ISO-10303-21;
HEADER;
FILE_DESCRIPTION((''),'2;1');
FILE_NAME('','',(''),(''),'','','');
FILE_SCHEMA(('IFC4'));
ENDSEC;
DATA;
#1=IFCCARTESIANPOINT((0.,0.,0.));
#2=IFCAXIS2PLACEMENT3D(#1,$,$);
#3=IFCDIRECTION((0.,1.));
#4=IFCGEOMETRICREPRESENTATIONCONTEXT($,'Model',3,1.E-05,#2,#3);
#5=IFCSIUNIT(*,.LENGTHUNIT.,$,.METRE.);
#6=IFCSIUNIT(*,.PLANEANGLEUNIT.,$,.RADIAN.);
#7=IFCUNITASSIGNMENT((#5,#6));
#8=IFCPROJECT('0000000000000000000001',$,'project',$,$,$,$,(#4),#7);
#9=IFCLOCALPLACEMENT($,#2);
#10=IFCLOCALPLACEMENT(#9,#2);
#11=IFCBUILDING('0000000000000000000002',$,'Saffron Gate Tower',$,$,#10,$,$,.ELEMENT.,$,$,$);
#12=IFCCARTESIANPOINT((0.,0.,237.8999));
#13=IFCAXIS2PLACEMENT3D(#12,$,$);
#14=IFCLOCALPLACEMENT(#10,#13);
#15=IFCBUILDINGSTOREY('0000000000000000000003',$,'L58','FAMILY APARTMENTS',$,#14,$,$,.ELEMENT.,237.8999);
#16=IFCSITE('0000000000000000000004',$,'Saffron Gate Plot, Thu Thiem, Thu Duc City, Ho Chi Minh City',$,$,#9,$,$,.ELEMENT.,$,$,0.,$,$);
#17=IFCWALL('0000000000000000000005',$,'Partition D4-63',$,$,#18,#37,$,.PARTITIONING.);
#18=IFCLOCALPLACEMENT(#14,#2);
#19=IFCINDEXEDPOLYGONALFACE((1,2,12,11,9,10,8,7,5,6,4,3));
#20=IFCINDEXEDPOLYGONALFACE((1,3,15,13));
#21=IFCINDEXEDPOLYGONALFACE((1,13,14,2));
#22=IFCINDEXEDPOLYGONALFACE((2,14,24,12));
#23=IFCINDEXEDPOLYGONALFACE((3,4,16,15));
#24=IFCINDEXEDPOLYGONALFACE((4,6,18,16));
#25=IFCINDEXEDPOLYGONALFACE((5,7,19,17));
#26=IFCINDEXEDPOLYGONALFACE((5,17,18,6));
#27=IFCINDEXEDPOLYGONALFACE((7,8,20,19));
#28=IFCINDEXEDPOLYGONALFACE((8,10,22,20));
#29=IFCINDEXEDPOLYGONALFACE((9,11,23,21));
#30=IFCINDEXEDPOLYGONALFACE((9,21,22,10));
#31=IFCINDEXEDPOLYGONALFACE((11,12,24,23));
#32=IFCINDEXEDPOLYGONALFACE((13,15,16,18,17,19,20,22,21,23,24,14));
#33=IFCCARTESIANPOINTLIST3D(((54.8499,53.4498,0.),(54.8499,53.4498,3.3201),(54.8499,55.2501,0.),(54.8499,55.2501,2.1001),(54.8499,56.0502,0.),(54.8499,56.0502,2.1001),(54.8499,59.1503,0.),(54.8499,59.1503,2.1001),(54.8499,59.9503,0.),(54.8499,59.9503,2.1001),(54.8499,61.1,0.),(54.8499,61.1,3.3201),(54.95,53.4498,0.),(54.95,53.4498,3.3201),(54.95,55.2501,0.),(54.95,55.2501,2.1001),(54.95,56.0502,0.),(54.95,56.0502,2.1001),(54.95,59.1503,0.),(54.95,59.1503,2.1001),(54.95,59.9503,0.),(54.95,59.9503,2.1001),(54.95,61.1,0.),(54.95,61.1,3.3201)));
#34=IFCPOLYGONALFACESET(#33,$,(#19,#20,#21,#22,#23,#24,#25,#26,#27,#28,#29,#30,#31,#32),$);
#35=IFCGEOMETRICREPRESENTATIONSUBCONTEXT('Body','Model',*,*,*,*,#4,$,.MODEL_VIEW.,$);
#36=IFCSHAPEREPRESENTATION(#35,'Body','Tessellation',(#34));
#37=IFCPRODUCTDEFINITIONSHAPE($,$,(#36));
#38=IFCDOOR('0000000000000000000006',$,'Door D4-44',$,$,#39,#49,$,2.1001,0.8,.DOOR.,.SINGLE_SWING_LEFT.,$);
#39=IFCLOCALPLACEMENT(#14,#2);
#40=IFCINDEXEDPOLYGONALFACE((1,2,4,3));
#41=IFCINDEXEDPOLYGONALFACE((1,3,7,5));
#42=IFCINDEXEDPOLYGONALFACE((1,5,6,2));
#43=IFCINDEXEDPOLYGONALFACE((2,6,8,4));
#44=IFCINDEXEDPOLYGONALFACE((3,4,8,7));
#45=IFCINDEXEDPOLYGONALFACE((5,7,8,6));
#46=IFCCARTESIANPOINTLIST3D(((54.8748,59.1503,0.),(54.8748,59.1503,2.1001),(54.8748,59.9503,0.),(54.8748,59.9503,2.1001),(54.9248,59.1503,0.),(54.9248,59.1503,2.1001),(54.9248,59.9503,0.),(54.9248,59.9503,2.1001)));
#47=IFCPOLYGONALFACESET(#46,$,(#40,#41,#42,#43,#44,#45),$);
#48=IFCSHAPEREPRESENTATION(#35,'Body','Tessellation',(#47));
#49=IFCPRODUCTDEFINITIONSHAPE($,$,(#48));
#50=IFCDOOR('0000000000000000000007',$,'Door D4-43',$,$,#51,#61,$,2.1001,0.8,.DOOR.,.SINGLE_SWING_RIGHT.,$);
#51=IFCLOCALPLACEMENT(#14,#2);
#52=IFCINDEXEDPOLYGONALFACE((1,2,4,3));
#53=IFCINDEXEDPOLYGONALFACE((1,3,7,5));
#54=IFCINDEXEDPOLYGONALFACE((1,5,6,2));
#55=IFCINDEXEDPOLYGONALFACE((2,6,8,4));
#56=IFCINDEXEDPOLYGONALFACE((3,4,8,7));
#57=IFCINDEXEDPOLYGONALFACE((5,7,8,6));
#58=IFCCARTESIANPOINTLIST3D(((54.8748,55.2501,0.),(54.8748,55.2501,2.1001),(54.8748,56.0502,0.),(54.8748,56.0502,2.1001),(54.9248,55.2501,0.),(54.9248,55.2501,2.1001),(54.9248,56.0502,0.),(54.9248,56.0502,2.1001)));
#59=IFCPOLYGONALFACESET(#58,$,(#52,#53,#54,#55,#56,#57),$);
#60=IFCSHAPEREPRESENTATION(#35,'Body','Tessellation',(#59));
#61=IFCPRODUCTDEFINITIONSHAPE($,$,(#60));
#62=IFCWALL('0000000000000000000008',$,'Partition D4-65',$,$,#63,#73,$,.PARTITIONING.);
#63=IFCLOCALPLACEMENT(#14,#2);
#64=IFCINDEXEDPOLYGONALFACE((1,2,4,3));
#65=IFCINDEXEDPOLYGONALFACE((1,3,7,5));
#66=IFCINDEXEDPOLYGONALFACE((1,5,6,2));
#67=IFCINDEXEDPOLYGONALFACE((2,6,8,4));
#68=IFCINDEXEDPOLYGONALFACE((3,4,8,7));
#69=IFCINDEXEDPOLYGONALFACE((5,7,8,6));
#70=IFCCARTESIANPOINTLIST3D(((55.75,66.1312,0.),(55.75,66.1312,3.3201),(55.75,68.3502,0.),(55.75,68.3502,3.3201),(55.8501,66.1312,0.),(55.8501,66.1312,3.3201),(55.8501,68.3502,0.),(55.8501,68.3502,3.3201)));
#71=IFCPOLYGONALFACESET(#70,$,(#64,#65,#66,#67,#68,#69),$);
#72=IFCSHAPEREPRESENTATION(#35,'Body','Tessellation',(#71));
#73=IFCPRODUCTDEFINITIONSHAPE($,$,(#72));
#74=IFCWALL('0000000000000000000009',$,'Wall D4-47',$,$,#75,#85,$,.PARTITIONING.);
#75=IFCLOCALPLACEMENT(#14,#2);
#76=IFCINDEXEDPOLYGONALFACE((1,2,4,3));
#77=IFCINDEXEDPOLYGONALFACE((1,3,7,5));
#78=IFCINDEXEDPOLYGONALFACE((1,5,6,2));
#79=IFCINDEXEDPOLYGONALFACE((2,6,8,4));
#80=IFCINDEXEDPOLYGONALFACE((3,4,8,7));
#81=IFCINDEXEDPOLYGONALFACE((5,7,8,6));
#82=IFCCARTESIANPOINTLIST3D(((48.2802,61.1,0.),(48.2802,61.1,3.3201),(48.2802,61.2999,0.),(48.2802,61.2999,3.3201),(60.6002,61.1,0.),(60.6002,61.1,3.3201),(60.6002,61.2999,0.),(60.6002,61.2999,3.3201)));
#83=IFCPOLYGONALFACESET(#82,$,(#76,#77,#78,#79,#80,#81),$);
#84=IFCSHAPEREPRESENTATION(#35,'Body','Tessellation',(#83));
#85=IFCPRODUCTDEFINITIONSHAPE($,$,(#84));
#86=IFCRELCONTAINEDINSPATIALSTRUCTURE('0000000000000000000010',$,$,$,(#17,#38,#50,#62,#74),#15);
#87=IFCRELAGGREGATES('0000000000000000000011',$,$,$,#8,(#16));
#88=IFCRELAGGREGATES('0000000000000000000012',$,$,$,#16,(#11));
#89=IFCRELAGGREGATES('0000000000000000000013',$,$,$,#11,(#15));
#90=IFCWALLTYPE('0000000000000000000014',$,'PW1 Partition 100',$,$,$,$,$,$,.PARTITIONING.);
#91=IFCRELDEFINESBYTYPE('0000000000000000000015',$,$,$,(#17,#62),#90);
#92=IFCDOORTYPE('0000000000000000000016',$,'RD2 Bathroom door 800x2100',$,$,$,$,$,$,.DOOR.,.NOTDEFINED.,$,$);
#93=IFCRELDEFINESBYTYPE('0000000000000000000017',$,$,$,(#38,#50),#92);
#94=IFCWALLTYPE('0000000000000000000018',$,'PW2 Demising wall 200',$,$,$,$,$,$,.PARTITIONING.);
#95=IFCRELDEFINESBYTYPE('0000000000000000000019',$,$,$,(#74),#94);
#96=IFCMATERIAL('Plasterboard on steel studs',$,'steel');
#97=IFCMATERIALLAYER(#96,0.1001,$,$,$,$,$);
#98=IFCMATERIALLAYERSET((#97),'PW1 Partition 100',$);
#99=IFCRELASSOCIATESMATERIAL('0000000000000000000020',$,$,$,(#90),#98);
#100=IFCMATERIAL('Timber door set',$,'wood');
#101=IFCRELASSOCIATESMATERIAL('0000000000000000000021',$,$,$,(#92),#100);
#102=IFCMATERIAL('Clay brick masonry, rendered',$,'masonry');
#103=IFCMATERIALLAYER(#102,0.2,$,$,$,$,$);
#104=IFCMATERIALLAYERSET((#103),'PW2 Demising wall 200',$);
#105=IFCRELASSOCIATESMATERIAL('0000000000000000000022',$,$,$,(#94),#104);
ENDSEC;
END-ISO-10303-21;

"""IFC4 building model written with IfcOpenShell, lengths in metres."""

from ifc_helpers import new_model, si_unit, direction, frame, frame_2d, origin, place, context, subcontext, project, spatial, rectangle, extrude, material, layer, layer_set, type_object, element, fill, save


model = new_model("IFC4")

# Units and contexts
model_context = context("Model", 3, precision=1e-05, world=origin(), true_north=direction((0.0, 1.0)))
body_context = subcontext(model_context, "Body", "Model", "MODEL_VIEW")
ifc_project = project(units=[si_unit("LENGTHUNIT", "METRE"), si_unit("PLANEANGLEUNIT", "RADIAN")], contexts=[model_context])

# Site, building, storey
site_placement = place(None, origin())
site = spatial("IfcSite", under=ifc_project, at=site_placement, Name="Saffron Gate Plot, Thu Thiem, Thu Duc City, Ho Chi Minh City", CompositionType="ELEMENT", RefElevation=0.0)
building_placement = place(site_placement, origin())
building = spatial("IfcBuilding", under=site, at=building_placement, Name="Saffron Gate Tower", CompositionType="ELEMENT")
storey_placement = place(building_placement, frame((0.0, 0.0, 237.8999)))
storey = spatial("IfcBuildingStorey", under=building, at=storey_placement, Name="L58", Description="FAMILY APARTMENTS", CompositionType="ELEMENT", Elevation=237.8999)

# Shared definitions
ifc_material_1 = material(Name="Plasterboard on steel studs", Category="steel")
ifc_layer_1 = layer(ifc_material_1, 0.1001)
ifc_layer_set_1 = layer_set([ifc_layer_1], Name="PW1 Partition 100")
wall_type_1 = type_object("IfcWallType", Name="PW1 Partition 100", PredefinedType="PARTITIONING", material=ifc_layer_set_1)

# Shared definitions
ifc_material_2 = material(Name="Timber door set", Category="wood")

# Wall, openings, doors
wall_1_placement = place(storey_placement, frame((54.8999, 61.1001, 0.0), z_axis=(0.0, 0.0, 1.0), x_axis=(0.0, -1.0, 0.0)))
wall_1 = element("IfcWall", 1, at=wall_1_placement, inside=storey, type_object=wall_type_1, Name="Partition D4-63", PredefinedType="PARTITIONING", context=body_context, shape_type="SweptSolid", body=[
    extrude(rectangle(XDim=7.6501, YDim=0.1001, at=frame_2d((3.8252, 0.0))), origin(), (0.0, 0.0, 1.0), 3.3201),
])
opening_1_placement = place(wall_1_placement, frame((1.1499, 0.0, 0.0)))
opening_1 = element("IfcOpeningElement", 2, at=opening_1_placement, cuts=wall_1, PredefinedType="OPENING", context=body_context, shape_type="SweptSolid", body=[
    extrude(rectangle(XDim=0.8, YDim=2.1001, at=frame_2d((0.3999, 1.05))), frame((0.0, 0.0601, 0.0), z_axis=(0.0, -1.0, 0.0), x_axis=(1.0, 0.0, 0.0)), (0.0, 0.0, 1.0), 0.1201),
])
opening_2_placement = place(wall_1_placement, frame((5.05, 0.0, 0.0)))
opening_2 = element("IfcOpeningElement", 3, at=opening_2_placement, cuts=wall_1, PredefinedType="OPENING", context=body_context, shape_type="SweptSolid", body=[
    extrude(rectangle(XDim=0.8, YDim=2.1001, at=frame_2d((0.3999, 1.05))), frame((0.0, 0.0601, 0.0), z_axis=(0.0, -1.0, 0.0), x_axis=(1.0, 0.0, 0.0)), (0.0, 0.0, 1.0), 0.1201),
])
door_type_1 = type_object("IfcDoorType", Name="RD2 Bathroom door 800x2100", OperationType="NOTDEFINED", PredefinedType="DOOR", material=ifc_material_2)
door_1_placement = place(opening_1_placement, origin())
door_1 = element("IfcDoor", 4, at=door_1_placement, inside=storey, type_object=door_type_1, Name="Door D4-44", OperationType="SINGLE_SWING_LEFT", OverallHeight=2.1001, OverallWidth=0.8, PredefinedType="DOOR", context=body_context, shape_type="SweptSolid", body=[
    extrude(rectangle(XDim=0.8, YDim=2.1001, at=frame_2d((0.3999, 1.05))), frame((0.0, 0.0249, 0.0), z_axis=(0.0, -1.0, 0.0), x_axis=(1.0, 0.0, 0.0)), (0.0, 0.0, 1.0), 0.05),
])
fill(opening_1, door_1)
door_2_placement = place(opening_2_placement, origin())
door_2 = element("IfcDoor", 5, at=door_2_placement, inside=storey, type_object=door_type_1, Name="Door D4-43", OperationType="SINGLE_SWING_RIGHT", OverallHeight=2.1001, OverallWidth=0.8, PredefinedType="DOOR", context=body_context, shape_type="SweptSolid", body=[
    extrude(rectangle(XDim=0.8, YDim=2.1001, at=frame_2d((0.3999, 1.05))), frame((0.0, 0.0249, 0.0), z_axis=(0.0, -1.0, 0.0), x_axis=(1.0, 0.0, 0.0)), (0.0, 0.0, 1.0), 0.05),
])
fill(opening_2, door_2)

# Walls
wall_2_placement = place(storey_placement, frame((55.8, 68.3501, 0.0), z_axis=(0.0, 0.0, 1.0), x_axis=(0.0, -1.0, 0.0)))
element("IfcWall", 6, at=wall_2_placement, inside=storey, type_object=wall_type_1, Name="Partition D4-65", PredefinedType="PARTITIONING", context=body_context, shape_type="SweptSolid", body=[
    extrude(rectangle(XDim=2.219, YDim=0.1001, at=frame_2d((1.1094, 0.0))), origin(), (0.0, 0.0, 1.0), 3.3201),
])
ifc_material_3 = material(Name="Clay brick masonry, rendered", Category="masonry")
ifc_layer_2 = layer(ifc_material_3, 0.2)
ifc_layer_set_2 = layer_set([ifc_layer_2], Name="PW2 Demising wall 200")
wall_type_2 = type_object("IfcWallType", Name="PW2 Demising wall 200", PredefinedType="PARTITIONING", material=ifc_layer_set_2)
wall_3_placement = place(storey_placement, frame((48.28, 61.2, 0.0), z_axis=(0.0, 0.0, 1.0), x_axis=(1.0, 0.0, 0.0)))
element("IfcWall", 7, at=wall_3_placement, inside=storey, type_object=wall_type_2, Name="Wall D4-47", PredefinedType="PARTITIONING", context=body_context, shape_type="SweptSolid", body=[
    extrude(rectangle(XDim=12.3201, YDim=0.2, at=frame_2d((6.1602, 0.0))), origin(), (0.0, 0.0, 1.0), 3.3201),
])

save(model, "model.ifc")
